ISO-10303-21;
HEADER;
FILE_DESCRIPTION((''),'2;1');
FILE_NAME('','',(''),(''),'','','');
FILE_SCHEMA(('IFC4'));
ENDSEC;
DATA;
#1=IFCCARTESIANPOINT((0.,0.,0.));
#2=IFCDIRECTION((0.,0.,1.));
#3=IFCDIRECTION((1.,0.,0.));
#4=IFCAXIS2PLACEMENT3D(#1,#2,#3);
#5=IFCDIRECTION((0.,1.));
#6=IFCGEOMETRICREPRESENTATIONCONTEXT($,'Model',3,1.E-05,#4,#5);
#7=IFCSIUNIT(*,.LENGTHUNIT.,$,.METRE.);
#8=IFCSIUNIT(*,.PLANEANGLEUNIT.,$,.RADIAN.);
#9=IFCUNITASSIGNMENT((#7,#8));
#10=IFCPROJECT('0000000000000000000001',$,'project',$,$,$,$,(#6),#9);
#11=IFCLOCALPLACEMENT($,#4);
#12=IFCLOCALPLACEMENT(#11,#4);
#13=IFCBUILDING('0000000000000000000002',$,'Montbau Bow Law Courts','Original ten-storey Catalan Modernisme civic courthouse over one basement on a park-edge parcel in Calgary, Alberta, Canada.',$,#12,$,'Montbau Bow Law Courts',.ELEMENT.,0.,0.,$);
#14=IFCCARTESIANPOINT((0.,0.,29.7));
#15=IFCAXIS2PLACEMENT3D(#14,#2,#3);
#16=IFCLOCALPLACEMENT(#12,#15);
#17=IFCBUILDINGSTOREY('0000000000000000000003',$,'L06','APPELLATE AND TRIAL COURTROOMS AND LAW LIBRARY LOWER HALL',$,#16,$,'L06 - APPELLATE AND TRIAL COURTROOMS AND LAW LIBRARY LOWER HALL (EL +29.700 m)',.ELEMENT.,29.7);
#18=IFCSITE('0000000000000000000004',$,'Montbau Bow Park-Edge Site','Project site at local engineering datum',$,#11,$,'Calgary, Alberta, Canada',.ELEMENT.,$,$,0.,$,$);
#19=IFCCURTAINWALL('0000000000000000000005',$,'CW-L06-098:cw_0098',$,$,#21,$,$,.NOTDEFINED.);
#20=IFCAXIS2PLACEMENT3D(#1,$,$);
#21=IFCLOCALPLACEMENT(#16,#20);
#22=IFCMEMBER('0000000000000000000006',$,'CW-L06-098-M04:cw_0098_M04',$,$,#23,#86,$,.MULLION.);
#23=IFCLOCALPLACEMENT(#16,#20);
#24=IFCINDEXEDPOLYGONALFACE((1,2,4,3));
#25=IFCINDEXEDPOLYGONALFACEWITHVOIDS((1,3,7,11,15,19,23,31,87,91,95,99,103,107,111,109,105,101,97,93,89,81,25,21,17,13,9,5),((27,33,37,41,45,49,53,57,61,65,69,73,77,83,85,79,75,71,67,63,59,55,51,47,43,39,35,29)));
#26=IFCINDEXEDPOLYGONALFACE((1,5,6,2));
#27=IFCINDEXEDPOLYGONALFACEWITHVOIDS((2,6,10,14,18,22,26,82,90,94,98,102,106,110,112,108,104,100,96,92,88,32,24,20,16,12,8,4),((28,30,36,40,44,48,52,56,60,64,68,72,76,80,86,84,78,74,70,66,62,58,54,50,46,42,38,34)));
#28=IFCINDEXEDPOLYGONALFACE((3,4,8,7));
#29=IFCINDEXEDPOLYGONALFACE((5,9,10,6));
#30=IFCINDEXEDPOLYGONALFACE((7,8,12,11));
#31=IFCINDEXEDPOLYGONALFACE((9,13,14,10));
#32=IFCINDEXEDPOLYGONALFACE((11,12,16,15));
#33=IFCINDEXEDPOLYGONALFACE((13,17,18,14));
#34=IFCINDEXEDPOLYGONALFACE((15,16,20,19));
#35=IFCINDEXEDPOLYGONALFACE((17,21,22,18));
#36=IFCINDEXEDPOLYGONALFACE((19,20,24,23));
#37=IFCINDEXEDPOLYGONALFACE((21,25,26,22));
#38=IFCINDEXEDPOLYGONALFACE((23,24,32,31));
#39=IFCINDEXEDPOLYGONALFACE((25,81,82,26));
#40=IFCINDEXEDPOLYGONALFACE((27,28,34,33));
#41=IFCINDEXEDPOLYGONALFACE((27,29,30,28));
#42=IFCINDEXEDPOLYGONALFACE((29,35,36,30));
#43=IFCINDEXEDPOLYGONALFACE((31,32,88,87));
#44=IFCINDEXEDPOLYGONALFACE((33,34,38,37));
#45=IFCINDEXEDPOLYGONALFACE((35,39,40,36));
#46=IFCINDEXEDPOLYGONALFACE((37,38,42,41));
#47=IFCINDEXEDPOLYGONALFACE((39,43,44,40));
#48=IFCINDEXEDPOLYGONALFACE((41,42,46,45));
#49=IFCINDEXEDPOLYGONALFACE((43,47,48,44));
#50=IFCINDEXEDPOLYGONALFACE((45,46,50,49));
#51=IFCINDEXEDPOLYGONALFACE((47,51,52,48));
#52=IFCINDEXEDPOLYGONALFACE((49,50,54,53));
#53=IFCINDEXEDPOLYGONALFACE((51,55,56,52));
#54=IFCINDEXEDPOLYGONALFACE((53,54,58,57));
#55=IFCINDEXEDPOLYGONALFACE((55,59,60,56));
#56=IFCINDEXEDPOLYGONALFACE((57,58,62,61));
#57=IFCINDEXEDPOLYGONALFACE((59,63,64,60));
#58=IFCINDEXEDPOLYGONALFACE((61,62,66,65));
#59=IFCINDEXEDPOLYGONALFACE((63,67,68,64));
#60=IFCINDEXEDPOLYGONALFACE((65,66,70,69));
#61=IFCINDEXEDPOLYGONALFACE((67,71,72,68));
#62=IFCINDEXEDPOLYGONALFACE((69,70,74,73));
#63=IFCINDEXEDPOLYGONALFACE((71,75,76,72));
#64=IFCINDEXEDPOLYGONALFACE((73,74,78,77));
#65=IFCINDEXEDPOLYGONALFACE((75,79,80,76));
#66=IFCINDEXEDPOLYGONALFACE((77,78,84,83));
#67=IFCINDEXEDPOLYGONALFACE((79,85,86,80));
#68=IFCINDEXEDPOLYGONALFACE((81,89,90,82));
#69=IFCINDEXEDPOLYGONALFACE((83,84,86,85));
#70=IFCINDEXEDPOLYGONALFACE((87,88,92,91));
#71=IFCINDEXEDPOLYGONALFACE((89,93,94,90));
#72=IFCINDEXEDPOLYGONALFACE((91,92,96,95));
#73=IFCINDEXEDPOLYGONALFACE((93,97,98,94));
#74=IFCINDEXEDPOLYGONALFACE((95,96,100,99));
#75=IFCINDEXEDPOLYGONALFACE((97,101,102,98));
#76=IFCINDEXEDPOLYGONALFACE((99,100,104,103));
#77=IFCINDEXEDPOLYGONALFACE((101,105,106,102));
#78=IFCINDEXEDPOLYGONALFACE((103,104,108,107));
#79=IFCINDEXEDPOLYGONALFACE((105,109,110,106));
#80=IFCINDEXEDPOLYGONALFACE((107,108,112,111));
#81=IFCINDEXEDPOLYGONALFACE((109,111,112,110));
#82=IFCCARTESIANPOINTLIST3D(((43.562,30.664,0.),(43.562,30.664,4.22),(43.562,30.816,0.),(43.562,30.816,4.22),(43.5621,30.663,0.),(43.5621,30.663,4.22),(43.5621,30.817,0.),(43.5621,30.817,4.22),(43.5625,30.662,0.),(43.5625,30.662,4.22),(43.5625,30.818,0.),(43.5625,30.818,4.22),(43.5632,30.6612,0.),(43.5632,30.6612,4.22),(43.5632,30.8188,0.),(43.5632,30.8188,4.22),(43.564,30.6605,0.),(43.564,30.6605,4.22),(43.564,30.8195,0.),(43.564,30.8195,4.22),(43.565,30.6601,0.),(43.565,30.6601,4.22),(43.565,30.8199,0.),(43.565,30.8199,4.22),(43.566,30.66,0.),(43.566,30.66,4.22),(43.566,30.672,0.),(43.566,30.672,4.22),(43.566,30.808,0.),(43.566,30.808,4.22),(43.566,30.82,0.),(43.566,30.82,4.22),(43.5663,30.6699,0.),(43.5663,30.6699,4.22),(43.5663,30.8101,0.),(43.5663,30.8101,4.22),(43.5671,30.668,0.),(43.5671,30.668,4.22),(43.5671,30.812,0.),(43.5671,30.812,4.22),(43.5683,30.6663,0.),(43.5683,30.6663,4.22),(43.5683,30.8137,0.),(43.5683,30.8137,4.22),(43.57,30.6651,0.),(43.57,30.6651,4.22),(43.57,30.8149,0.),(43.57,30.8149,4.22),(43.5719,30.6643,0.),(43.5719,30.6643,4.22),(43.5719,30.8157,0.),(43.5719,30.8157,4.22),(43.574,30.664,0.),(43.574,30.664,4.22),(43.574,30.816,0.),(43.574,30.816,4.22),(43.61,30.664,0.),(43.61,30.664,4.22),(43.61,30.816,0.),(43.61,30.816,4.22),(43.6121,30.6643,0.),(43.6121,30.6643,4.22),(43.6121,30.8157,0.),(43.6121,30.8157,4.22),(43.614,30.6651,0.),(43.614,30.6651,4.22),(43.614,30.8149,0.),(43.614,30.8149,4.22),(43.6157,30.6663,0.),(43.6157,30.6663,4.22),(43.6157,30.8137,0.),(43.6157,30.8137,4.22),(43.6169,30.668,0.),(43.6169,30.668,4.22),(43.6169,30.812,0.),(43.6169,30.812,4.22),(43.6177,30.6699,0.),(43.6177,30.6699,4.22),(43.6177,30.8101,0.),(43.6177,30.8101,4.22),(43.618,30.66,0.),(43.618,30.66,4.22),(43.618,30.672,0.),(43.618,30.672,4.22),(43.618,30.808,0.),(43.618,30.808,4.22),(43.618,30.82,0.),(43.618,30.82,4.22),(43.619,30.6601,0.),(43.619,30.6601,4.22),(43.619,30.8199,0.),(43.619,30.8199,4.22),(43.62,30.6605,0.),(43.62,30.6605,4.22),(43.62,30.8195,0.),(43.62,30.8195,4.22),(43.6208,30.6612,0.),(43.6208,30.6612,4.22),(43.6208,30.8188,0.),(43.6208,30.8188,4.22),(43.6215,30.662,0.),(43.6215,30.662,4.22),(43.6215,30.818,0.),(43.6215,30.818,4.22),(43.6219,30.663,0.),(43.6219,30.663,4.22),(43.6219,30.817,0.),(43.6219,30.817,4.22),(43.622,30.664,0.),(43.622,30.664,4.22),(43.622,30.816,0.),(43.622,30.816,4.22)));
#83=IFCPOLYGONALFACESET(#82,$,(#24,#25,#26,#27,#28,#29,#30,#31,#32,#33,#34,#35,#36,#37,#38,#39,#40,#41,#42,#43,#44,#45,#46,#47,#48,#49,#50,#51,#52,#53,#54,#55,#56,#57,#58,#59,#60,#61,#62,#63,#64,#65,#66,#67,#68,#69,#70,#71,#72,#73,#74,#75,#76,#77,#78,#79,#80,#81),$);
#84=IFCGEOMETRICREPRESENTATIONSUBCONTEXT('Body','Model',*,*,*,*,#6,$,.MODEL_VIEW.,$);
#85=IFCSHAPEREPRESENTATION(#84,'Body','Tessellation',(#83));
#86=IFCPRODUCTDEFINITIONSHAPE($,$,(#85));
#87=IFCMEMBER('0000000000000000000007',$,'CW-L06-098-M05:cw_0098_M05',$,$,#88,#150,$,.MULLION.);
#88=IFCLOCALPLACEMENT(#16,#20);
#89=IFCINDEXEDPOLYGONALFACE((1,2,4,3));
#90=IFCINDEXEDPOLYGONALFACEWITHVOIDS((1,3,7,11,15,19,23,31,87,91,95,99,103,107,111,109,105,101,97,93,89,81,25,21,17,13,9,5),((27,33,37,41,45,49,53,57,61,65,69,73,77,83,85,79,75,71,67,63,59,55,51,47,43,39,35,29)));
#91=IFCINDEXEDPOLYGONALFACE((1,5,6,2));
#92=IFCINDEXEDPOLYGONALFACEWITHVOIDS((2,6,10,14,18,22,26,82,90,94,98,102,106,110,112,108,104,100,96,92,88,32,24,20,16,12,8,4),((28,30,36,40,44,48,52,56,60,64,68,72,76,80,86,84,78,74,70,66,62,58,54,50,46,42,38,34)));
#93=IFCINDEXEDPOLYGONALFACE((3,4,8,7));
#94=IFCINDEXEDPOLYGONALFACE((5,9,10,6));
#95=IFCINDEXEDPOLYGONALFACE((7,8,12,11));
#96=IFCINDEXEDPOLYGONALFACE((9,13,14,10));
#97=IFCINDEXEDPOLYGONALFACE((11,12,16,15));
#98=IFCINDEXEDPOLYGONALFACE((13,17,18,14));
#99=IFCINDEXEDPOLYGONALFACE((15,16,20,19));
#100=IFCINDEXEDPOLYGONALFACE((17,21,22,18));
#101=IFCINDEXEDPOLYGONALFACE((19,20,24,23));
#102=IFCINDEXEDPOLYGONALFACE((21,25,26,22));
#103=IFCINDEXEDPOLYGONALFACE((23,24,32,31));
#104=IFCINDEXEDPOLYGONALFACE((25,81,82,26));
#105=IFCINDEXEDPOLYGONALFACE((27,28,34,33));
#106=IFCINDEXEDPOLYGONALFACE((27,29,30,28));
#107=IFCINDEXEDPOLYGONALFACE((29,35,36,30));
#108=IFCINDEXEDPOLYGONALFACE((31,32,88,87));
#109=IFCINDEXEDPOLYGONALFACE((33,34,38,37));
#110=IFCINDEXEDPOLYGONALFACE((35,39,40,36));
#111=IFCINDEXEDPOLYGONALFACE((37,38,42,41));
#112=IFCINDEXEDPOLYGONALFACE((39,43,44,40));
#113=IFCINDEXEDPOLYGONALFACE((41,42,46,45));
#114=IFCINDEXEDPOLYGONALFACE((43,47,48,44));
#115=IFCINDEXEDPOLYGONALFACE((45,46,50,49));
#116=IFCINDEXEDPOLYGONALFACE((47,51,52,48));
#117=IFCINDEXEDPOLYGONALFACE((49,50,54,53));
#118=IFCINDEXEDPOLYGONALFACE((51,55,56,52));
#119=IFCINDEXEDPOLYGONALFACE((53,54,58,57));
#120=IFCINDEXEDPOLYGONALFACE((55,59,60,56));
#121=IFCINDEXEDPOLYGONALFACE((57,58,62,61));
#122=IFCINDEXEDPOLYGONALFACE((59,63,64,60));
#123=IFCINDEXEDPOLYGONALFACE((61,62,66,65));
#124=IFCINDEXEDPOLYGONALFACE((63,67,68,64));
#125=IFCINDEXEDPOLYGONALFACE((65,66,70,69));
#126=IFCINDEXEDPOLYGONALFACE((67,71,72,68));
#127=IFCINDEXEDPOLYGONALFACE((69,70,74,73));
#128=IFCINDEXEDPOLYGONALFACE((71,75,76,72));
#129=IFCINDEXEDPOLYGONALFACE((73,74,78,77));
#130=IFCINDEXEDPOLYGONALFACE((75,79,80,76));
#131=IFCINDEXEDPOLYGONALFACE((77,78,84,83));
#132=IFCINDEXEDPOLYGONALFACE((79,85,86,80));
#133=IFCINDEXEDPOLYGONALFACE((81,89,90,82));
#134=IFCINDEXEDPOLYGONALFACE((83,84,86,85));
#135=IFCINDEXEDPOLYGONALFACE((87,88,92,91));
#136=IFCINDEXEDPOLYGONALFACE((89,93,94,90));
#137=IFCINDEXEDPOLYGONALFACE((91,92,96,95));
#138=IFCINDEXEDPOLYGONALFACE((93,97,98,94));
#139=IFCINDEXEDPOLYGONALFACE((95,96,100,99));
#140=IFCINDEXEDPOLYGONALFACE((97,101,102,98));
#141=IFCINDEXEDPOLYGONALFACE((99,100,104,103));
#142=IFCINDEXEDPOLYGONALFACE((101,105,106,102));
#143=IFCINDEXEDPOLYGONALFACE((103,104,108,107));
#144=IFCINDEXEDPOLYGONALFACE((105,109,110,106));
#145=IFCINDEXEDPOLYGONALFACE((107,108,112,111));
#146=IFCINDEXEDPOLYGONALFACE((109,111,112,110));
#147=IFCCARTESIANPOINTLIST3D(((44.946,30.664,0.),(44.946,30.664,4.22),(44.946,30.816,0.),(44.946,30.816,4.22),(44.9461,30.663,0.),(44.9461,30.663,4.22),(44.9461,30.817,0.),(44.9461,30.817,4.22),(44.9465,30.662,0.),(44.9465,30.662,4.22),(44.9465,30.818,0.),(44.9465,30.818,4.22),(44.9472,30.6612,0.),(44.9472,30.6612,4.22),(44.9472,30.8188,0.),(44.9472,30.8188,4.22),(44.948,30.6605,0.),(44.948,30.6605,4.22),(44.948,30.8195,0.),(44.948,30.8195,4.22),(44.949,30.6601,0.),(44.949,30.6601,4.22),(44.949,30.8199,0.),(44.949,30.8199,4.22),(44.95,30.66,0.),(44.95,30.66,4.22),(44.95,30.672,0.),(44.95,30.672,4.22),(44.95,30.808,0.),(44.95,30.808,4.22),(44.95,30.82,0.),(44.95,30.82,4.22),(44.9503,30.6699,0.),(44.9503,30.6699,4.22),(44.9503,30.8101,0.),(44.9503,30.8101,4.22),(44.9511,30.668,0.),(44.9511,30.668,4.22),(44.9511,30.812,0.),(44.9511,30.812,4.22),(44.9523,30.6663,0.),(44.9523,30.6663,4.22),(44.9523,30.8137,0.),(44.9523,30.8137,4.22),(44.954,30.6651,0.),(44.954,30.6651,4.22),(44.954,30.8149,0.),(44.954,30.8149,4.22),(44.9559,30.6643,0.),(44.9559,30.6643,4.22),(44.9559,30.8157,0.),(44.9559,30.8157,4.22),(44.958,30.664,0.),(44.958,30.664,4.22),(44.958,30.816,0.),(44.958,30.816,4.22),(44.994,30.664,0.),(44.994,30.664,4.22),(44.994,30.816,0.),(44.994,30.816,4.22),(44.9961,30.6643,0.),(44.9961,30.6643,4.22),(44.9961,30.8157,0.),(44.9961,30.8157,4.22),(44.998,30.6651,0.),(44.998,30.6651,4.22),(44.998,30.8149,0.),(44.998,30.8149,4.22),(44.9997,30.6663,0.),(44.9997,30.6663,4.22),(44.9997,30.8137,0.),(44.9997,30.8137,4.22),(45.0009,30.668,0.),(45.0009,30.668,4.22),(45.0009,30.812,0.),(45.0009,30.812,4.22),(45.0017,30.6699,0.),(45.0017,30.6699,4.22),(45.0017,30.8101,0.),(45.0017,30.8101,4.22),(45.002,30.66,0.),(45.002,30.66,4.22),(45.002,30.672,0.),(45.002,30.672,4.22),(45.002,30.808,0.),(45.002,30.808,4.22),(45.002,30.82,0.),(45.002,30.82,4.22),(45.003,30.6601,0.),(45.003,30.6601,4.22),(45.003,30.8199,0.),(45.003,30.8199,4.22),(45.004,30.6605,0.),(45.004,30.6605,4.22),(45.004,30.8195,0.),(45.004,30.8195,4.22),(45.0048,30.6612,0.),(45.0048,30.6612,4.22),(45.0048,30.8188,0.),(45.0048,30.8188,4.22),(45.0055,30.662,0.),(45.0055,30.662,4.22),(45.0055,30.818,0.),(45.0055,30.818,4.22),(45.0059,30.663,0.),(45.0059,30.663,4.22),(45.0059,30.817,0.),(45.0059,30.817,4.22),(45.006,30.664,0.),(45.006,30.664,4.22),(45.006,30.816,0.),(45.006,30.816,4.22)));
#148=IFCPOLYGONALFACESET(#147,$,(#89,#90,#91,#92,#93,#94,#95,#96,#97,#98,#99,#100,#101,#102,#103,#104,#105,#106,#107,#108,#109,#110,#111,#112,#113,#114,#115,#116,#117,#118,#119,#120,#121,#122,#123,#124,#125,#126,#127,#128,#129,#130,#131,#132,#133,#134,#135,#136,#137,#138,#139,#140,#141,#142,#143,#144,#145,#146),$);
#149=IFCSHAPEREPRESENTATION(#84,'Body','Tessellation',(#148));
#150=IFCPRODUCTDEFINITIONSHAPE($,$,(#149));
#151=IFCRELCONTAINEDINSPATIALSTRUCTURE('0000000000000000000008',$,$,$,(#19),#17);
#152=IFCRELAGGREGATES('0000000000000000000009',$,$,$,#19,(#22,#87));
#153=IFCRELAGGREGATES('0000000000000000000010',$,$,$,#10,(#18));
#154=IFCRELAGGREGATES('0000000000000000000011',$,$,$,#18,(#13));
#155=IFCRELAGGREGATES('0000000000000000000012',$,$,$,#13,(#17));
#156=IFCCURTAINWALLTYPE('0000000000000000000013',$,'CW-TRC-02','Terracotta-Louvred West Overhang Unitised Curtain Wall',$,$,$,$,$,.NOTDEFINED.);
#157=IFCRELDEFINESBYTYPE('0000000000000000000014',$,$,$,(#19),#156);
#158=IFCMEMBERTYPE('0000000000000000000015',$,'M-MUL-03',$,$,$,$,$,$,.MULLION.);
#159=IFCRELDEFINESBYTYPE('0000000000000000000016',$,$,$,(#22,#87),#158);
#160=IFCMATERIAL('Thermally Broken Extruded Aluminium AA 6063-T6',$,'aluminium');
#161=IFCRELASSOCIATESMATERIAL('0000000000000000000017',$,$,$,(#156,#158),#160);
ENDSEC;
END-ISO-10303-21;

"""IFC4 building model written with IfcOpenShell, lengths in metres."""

from ifc_helpers import new_model, si_unit, direction, frame, origin_with_axes, origin_2d_with_axis, place, context, subcontext, project, spatial, hollow_rectangle, extrude, material, material_profile, profile_set, type_object, element, aggregate, save


model = new_model("IFC4")

# Units and contexts
model_context = context("Model", 3, precision=1e-05, world=origin_with_axes(), true_north=direction((0.0, 1.0)))
body_context = subcontext(model_context, "Body", "Model", "MODEL_VIEW")
ifc_project = project(units=[si_unit("LENGTHUNIT", "METRE"), si_unit("PLANEANGLEUNIT", "RADIAN")], contexts=[model_context])

# Site, building, storey
site_placement = place(None, origin_with_axes())
site = spatial("IfcSite", under=ifc_project, at=site_placement, Name="Montbau Bow Park-Edge Site", Description="Project site at local engineering datum", LongName="Calgary, Alberta, Canada", CompositionType="ELEMENT", RefElevation=0.0)
building_placement = place(site_placement, origin_with_axes())
building = spatial("IfcBuilding", under=site, at=building_placement, Name="Montbau Bow Law Courts", Description="Original ten-storey Catalan Modernisme civic courthouse over one basement on a park-edge parcel in Calgary, Alberta, Canada.", LongName="Montbau Bow Law Courts", CompositionType="ELEMENT", ElevationOfRefHeight=0.0, ElevationOfTerrain=0.0)
storey_placement = place(building_placement, frame((0.0, 0.0, 29.7), z_axis=(0.0, 0.0, 1.0), x_axis=(1.0, 0.0, 0.0)))
storey = spatial("IfcBuildingStorey", under=building, at=storey_placement, Name="L06", Description="APPELLATE AND TRIAL COURTROOMS AND LAW LIBRARY LOWER HALL", LongName="L06 - APPELLATE AND TRIAL COURTROOMS AND LAW LIBRARY LOWER HALL (EL +29.700 m)", CompositionType="ELEMENT", Elevation=29.7)

# Curtain wall, members
ifc_material_1 = material(Name="Thermally Broken Extruded Aluminium AA 6063-T6", Category="aluminium")
curtain_wall_type = type_object("IfcCurtainWallType", Name="CW-TRC-02", Description="Terracotta-Louvred West Overhang Unitised Curtain Wall", PredefinedType="NOTDEFINED", material=ifc_material_1)
curtain_wall_placement = place(None, frame((39.44, 30.74, 29.7), z_axis=(0.0, 0.0, 1.0), x_axis=(1.0, 0.0, 0.0)))
curtain_wall = element("IfcCurtainWall", 1, at=curtain_wall_placement, inside=storey, type_object=curtain_wall_type, Name="CW-L06-098:cw_0098", PredefinedType="NOTDEFINED")
ifc_material_profile_1 = material_profile(ifc_material_1, hollow_rectangle(XDim=0.06, YDim=0.16, WallThickness=0.004, InnerFilletRadius=0.008, OuterFilletRadius=0.004, at=origin_2d_with_axis()), Name="CWM-160X60", Category="Main", Priority=0)
ifc_profile_set_1 = profile_set([ifc_material_profile_1], Name="Thermally Broken Extruded Aluminium AA 6063-T6")
member_type_1 = type_object("IfcMemberType", Name="M-MUL-03", PredefinedType="MULLION", material=ifc_profile_set_1)
member_1_placement = place(None, frame((43.592, 30.74, 29.7), z_axis=(0.0, 0.0, 1.0), x_axis=(1.0, 0.0, 0.0)))
member_1 = element("IfcMember", 2, at=member_1_placement, type_object=member_type_1, Name="CW-L06-098-M04:cw_0098_M04", PredefinedType="MULLION", context=body_context, shape_type="SweptSolid", body=[
    extrude(hollow_rectangle(XDim=0.06, YDim=0.16, WallThickness=0.004, InnerFilletRadius=0.008, OuterFilletRadius=0.004, at=origin_2d_with_axis()), origin_with_axes(), (0.0, 0.0, 1.0), 4.22),
])
member_2_placement = place(None, frame((44.976, 30.74, 29.7), z_axis=(0.0, 0.0, 1.0), x_axis=(1.0, 0.0, 0.0)))
member_2 = element("IfcMember", 3, at=member_2_placement, type_object=member_type_1, Name="CW-L06-098-M05:cw_0098_M05", PredefinedType="MULLION", context=body_context, shape_type="SweptSolid", body=[
    extrude(hollow_rectangle(XDim=0.06, YDim=0.16, WallThickness=0.004, InnerFilletRadius=0.008, OuterFilletRadius=0.004, at=origin_2d_with_axis()), origin_with_axes(), (0.0, 0.0, 1.0), 4.22),
])
aggregate(curtain_wall, [member_1, member_2])

save(model, "model.ifc")
